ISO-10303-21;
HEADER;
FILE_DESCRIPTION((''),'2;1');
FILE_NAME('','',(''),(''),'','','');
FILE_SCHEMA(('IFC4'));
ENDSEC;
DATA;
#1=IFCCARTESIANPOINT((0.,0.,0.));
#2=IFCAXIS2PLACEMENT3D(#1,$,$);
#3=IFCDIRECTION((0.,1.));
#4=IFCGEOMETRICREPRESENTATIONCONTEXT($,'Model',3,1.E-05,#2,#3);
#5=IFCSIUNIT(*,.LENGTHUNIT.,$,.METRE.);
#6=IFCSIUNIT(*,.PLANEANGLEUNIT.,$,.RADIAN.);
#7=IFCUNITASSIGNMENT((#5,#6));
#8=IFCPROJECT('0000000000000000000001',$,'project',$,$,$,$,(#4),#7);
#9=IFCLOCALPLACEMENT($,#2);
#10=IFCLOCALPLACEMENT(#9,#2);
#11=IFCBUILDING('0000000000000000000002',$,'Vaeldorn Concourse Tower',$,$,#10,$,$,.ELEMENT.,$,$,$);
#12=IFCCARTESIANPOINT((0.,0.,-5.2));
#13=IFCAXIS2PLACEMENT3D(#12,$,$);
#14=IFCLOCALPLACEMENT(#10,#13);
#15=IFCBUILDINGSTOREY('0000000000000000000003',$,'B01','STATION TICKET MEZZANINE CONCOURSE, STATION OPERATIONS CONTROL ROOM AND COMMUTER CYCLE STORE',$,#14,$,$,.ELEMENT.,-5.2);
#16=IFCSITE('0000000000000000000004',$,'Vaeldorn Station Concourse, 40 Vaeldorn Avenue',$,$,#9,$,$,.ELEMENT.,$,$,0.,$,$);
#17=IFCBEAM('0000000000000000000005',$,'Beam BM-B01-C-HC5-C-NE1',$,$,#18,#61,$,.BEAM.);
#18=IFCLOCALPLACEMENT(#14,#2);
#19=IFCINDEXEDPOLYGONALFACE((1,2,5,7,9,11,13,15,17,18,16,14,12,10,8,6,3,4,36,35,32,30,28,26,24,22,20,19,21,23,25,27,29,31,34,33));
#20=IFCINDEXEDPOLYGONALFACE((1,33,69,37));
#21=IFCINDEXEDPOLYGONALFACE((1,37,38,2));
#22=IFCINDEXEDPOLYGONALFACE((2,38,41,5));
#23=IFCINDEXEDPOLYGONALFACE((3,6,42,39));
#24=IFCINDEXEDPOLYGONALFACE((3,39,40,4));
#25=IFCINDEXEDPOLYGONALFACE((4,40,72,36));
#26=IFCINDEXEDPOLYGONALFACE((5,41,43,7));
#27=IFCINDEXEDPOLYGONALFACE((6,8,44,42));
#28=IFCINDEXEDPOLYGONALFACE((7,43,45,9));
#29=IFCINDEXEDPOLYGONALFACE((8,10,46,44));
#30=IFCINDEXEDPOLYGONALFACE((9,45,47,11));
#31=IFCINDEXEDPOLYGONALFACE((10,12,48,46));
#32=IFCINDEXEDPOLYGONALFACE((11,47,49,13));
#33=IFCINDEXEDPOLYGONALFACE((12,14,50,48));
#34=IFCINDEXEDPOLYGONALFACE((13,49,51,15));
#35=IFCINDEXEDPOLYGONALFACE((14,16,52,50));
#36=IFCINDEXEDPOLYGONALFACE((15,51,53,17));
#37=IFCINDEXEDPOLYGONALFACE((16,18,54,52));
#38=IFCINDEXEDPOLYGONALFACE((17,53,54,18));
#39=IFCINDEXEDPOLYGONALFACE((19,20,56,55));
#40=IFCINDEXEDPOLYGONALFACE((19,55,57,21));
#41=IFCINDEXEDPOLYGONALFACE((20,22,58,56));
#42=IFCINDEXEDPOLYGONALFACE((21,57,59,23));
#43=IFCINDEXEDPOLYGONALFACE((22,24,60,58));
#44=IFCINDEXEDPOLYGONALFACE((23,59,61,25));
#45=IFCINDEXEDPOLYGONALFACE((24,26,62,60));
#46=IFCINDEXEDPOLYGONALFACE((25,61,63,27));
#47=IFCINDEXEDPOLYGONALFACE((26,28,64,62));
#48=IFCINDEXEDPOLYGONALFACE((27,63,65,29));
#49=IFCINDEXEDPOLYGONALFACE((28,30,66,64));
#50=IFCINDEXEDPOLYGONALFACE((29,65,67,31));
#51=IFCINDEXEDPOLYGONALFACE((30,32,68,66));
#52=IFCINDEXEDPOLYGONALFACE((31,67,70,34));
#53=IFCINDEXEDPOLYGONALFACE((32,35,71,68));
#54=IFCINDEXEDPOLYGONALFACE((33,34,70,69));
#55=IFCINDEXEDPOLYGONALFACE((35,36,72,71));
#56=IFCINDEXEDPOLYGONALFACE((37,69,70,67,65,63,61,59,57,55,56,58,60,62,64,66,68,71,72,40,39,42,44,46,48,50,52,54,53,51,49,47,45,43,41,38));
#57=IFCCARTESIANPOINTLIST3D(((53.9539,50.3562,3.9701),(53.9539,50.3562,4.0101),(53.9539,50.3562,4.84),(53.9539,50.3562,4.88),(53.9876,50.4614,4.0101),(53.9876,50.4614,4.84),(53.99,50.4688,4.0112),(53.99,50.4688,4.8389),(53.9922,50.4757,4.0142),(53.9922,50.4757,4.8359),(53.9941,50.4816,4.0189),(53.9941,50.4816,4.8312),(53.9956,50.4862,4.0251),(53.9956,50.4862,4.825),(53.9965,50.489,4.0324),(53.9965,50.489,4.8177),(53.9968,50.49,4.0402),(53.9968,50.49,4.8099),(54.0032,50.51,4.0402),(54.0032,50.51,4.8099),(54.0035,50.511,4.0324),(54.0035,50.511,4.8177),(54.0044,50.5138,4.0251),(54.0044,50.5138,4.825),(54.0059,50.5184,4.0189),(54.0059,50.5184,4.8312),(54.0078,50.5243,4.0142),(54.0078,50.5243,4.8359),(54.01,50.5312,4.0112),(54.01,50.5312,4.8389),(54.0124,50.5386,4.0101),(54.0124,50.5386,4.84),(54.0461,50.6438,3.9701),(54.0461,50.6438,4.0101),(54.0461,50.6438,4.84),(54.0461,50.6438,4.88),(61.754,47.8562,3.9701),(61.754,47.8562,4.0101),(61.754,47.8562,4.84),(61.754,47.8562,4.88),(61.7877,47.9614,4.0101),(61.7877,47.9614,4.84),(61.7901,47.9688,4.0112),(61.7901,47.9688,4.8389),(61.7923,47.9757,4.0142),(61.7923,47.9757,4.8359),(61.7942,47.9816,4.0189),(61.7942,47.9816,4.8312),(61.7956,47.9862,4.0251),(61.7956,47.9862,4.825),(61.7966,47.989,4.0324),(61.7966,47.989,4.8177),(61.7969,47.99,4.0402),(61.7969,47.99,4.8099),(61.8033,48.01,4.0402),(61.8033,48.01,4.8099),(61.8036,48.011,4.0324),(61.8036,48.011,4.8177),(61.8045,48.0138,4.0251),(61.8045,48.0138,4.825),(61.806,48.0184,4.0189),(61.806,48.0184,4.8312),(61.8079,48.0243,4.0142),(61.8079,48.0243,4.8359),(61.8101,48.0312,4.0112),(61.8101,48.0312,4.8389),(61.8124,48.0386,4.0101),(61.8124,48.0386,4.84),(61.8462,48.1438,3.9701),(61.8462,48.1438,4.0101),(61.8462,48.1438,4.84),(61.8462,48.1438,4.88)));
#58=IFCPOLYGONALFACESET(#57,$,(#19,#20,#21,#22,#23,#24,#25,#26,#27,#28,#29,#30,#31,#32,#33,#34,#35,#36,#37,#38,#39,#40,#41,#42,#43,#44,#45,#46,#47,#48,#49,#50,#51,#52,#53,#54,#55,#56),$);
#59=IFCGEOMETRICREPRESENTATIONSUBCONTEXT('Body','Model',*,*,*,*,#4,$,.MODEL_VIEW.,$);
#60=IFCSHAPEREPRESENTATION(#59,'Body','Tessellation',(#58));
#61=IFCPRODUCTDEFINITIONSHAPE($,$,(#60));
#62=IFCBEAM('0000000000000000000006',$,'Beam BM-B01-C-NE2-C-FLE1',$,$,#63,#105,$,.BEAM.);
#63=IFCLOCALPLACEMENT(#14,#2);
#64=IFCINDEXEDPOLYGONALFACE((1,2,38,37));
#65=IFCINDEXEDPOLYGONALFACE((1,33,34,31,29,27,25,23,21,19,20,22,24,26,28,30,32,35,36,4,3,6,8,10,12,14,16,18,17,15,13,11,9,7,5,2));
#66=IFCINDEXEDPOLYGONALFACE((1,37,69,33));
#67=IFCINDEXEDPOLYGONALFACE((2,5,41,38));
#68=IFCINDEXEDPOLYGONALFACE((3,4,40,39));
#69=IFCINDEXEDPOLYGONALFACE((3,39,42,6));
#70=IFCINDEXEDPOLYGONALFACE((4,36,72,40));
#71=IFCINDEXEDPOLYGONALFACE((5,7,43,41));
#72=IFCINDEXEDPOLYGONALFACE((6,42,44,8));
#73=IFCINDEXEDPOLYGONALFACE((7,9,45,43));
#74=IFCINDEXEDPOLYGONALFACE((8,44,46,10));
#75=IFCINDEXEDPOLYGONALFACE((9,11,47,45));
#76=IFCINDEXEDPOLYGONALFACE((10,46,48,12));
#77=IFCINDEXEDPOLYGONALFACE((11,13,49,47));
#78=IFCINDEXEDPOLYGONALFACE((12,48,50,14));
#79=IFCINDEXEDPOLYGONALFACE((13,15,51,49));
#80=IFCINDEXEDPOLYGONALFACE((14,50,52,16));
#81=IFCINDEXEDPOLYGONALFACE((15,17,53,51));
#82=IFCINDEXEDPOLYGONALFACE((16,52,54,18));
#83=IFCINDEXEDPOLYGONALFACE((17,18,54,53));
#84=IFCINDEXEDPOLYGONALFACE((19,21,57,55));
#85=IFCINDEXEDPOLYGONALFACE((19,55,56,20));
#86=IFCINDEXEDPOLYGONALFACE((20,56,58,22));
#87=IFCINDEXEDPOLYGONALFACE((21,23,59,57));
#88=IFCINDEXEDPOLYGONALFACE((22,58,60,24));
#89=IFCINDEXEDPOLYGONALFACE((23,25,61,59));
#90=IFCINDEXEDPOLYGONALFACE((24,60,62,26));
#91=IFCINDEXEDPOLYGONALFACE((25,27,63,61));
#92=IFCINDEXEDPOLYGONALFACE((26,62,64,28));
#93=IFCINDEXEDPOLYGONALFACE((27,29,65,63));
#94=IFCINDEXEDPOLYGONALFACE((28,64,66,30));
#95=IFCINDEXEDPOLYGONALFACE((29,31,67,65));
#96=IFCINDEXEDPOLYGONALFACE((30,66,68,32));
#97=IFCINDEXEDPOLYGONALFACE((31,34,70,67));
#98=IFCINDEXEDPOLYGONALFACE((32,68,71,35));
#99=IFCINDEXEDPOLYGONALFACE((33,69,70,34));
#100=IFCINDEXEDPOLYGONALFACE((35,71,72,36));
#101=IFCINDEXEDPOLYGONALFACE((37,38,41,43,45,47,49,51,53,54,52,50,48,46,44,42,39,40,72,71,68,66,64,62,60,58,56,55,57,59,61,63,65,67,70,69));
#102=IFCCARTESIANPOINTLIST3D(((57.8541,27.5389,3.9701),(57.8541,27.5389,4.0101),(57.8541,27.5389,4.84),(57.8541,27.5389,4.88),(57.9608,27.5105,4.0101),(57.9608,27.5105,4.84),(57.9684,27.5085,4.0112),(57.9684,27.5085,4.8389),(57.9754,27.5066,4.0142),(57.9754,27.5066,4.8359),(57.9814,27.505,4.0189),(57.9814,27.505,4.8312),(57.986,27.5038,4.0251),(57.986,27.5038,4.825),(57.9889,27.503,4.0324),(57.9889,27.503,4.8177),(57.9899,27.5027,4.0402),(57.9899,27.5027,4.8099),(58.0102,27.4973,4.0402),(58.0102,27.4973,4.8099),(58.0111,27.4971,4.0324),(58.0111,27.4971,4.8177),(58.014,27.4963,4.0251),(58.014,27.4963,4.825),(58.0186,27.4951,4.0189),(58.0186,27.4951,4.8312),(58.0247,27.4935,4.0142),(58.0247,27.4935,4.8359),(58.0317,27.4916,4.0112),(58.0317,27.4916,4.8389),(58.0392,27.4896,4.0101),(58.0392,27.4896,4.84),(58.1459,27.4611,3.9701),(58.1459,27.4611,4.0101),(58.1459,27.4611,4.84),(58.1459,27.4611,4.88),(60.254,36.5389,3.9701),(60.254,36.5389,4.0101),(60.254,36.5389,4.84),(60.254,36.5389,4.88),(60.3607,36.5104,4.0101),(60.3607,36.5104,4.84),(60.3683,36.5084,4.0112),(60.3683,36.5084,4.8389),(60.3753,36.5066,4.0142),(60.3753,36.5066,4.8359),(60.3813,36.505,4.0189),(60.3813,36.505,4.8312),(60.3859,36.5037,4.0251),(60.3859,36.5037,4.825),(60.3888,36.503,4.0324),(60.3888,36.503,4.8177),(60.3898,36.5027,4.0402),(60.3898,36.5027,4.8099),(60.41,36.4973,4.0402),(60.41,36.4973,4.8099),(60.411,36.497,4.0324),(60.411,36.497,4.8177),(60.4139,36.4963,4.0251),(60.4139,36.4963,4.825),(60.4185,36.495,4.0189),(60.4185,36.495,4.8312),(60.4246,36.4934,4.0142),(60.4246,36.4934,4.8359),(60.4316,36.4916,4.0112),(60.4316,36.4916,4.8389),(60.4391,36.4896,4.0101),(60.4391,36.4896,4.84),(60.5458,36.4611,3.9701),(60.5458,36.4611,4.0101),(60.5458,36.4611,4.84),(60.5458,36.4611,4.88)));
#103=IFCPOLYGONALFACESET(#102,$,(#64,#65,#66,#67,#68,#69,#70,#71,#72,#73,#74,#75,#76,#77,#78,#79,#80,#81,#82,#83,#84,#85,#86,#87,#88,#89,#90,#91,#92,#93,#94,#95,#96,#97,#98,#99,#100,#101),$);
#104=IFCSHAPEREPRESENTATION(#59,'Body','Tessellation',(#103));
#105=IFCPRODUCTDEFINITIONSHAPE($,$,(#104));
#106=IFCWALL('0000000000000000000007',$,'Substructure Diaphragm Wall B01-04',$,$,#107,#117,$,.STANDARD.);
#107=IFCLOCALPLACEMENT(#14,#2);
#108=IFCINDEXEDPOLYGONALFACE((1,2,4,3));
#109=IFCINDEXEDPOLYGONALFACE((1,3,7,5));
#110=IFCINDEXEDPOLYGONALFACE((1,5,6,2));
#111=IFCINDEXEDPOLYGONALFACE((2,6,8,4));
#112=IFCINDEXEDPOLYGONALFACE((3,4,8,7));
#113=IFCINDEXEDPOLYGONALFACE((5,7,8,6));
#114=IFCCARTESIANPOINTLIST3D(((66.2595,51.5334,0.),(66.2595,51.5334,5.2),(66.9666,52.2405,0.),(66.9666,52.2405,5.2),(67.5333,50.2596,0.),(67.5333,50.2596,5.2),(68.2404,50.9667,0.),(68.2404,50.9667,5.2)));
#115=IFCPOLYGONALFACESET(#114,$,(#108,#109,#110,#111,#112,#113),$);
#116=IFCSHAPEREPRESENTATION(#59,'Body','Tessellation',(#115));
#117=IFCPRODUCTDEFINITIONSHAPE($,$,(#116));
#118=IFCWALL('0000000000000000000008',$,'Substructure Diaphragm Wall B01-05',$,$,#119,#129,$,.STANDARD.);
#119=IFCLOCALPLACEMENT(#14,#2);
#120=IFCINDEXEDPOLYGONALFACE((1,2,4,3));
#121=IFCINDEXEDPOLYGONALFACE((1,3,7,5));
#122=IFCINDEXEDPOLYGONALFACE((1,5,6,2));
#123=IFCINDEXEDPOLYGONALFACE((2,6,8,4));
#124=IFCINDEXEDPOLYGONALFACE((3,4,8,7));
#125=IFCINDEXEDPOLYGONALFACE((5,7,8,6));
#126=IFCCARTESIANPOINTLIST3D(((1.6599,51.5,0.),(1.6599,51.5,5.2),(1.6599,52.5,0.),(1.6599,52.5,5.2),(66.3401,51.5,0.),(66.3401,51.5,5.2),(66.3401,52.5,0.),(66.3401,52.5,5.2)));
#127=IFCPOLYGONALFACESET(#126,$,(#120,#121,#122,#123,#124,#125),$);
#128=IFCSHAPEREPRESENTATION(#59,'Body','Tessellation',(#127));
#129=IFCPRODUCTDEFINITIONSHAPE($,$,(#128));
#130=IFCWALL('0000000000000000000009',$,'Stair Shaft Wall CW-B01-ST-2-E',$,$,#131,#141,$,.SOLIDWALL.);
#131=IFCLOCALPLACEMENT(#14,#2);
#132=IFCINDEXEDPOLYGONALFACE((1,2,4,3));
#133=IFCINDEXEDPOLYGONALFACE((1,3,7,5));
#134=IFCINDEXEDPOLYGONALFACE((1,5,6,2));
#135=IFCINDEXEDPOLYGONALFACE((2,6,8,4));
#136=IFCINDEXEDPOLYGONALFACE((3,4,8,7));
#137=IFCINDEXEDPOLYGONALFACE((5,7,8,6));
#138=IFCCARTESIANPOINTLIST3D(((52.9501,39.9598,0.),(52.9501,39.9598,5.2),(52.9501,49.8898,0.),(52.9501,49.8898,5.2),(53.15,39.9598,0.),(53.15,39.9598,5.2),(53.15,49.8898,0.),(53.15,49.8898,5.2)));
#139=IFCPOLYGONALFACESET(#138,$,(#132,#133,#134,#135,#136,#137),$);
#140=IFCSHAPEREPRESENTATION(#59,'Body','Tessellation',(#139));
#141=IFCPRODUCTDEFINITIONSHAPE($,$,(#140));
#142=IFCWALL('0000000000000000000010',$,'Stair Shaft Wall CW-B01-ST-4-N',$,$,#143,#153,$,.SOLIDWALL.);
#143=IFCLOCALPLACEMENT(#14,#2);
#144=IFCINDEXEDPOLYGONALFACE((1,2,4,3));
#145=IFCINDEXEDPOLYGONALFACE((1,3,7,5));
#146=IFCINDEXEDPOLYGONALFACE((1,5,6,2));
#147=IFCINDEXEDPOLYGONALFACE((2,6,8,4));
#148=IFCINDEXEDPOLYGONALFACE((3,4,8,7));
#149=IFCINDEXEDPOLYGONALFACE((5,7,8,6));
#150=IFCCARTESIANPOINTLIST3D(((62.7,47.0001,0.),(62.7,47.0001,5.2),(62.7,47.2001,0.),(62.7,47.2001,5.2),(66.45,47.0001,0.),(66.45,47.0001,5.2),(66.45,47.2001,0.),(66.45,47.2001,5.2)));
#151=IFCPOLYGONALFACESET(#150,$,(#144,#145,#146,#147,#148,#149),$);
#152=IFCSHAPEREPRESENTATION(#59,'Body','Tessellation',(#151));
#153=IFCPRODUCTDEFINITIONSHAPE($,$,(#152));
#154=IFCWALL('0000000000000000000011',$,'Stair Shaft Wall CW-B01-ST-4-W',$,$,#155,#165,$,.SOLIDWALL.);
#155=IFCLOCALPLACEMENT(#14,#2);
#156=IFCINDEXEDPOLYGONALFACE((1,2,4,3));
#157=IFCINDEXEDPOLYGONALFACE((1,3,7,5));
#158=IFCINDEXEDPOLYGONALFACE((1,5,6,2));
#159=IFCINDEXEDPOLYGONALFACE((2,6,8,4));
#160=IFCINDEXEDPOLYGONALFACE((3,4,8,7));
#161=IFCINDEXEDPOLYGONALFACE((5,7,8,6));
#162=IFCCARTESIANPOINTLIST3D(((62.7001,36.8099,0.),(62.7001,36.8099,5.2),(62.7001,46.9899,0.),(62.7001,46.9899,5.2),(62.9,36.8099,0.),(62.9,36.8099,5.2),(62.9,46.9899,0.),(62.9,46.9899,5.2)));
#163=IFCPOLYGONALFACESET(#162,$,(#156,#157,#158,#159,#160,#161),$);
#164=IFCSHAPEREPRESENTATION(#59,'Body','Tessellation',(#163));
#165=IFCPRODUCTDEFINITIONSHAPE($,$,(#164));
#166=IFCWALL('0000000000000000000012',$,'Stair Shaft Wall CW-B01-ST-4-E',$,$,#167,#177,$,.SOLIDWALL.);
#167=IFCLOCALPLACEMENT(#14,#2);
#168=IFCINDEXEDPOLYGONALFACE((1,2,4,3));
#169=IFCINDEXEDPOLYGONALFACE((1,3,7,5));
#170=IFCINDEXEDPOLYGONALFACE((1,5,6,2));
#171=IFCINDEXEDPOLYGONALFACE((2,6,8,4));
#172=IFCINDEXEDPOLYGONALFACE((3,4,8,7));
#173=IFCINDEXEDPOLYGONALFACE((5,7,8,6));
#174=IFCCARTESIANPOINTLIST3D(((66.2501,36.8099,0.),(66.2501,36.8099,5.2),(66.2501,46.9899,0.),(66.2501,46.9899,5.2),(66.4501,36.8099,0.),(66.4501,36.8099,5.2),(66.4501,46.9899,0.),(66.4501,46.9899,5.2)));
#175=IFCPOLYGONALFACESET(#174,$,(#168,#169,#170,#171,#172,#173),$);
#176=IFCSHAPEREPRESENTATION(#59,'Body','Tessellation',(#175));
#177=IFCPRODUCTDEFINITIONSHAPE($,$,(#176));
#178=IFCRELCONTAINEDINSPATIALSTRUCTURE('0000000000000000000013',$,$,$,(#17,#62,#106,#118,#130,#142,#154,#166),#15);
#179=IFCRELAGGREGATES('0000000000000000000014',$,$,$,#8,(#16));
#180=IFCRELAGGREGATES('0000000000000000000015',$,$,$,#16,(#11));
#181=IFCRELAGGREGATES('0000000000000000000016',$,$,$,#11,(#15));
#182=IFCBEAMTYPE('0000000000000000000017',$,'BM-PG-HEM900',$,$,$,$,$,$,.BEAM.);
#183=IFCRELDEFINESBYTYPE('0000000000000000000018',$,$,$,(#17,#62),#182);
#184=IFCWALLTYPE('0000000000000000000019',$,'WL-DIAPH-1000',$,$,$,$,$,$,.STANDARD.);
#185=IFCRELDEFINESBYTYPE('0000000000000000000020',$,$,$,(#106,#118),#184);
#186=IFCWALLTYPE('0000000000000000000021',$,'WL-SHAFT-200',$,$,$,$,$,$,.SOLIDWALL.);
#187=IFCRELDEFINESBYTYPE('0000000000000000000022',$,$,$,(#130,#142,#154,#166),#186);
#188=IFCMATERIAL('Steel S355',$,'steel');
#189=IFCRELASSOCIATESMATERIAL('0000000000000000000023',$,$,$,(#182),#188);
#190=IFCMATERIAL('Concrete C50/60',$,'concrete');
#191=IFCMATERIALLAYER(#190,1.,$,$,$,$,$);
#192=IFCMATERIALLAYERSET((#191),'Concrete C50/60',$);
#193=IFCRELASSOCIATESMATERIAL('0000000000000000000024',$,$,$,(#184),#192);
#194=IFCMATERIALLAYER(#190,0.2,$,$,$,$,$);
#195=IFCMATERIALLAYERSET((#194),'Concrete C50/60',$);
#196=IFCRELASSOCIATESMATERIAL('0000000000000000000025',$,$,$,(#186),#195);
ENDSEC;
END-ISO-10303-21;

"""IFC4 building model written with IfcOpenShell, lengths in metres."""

from ifc_helpers import new_model, si_unit, direction, frame, frame_2d, origin, origin_2d, place, context, subcontext, project, spatial, rectangle, i_section, extrude, source, transform, mapped, material, layer, layer_set, material_profile, profile_set, type_object, element, save


model = new_model("IFC4")

# Units and contexts
model_context = context("Model", 3, precision=1e-05, world=origin(), true_north=direction((0.0, 1.0)))
body_context = subcontext(model_context, "Body", "Model", "MODEL_VIEW")
ifc_project = project(units=[si_unit("LENGTHUNIT", "METRE"), si_unit("PLANEANGLEUNIT", "RADIAN")], contexts=[model_context])

# Site, building, storey
site_placement = place(None, origin())
site = spatial("IfcSite", under=ifc_project, at=site_placement, Name="Vaeldorn Station Concourse, 40 Vaeldorn Avenue", CompositionType="ELEMENT", RefElevation=0.0)
building_placement = place(site_placement, origin())
building = spatial("IfcBuilding", under=site, at=building_placement, Name="Vaeldorn Concourse Tower", CompositionType="ELEMENT")
storey_placement = place(building_placement, frame((0.0, 0.0, -5.2)))
storey = spatial("IfcBuildingStorey", under=building, at=storey_placement, Name="B01", Description="STATION TICKET MEZZANINE CONCOURSE, STATION OPERATIONS CONTROL ROOM AND COMMUTER CYCLE STORE", CompositionType="ELEMENT", Elevation=-5.2)

# Beams
ifc_material_1 = material(Name="Steel S355", Category="steel")
ifc_material_profile_1 = material_profile(ifc_material_1, i_section(OverallWidth=0.302, OverallDepth=0.9099, WebThickness=0.021, FlangeThickness=0.04, FilletRadius=0.03, at=origin_2d()), Name="HEM 900")
ifc_profile_set_1 = profile_set([ifc_material_profile_1], Name="Steel S355")
beam_type_1 = type_object("IfcBeamType", Name="BM-PG-HEM900", PredefinedType="BEAM", material=ifc_profile_set_1)
shared_shape_1 = source(origin(), body_context, "Body", "SweptSolid", [
    extrude(i_section(OverallWidth=0.302, OverallDepth=0.9099, WebThickness=0.021, FlangeThickness=0.04, FilletRadius=0.03, at=origin_2d()), origin(), (0.0, 0.0, 1.0), 8.1909),
])
beam_1_placement = place(storey_placement, frame((54.0, 50.5, 4.425), z_axis=(0.952283, -0.305217, 0.0), x_axis=(0.305217, 0.952283, 0.0)))
element("IfcBeam", 1, at=beam_1_placement, inside=storey, type_object=beam_type_1, Name="Beam BM-B01-C-HC5-C-NE1", PredefinedType="BEAM", context=body_context, shape_type="MappedRepresentation", body=[
    mapped(shared_shape_1, transform((0.0, 0.0, 0.0), scale=1.0)),
])
shared_shape_2 = source(origin(), body_context, "Body", "SweptSolid", [
    extrude(i_section(OverallWidth=0.302, OverallDepth=0.9099, WebThickness=0.021, FlangeThickness=0.04, FilletRadius=0.03, at=origin_2d()), origin(), (0.0, 0.0, 1.0), 9.3145),
])
beam_2_placement = place(storey_placement, frame((60.3999, 36.5, 4.425), z_axis=(-0.257653, -0.966238, 0.0), x_axis=(0.966238, -0.257653, 0.0)))
element("IfcBeam", 2, at=beam_2_placement, inside=storey, type_object=beam_type_1, Name="Beam BM-B01-C-NE2-C-FLE1", PredefinedType="BEAM", context=body_context, shape_type="MappedRepresentation", body=[
    mapped(shared_shape_2, transform((0.0, 0.0, 0.0), scale=1.0)),
])

# Walls
ifc_material_2 = material(Name="Concrete C50/60", Category="concrete")
ifc_layer_1 = layer(ifc_material_2, 1.0)
ifc_layer_set_1 = layer_set([ifc_layer_1], Name="Concrete C50/60")
wall_type_1 = type_object("IfcWallType", Name="WL-DIAPH-1000", PredefinedType="STANDARD", material=ifc_layer_set_1)
wall_1_placement = place(storey_placement, frame((67.887, 50.613, 0.0), z_axis=(0.0, 0.0, 1.0), x_axis=(-0.707107, 0.707107, 0.0)))
element("IfcWall", 3, at=wall_1_placement, inside=storey, type_object=wall_type_1, Name="Substructure Diaphragm Wall B01-04", PredefinedType="STANDARD", context=body_context, shape_type="SweptSolid", body=[
    extrude(rectangle(XDim=1.8015, YDim=1.0, at=frame_2d((0.9009, 0.0))), origin(), (0.0, 0.0, 1.0), 5.2),
])
wall_2_placement = place(storey_placement, frame((66.3401, 52.0, 0.0), z_axis=(0.0, 0.0, 1.0), x_axis=(-1.0, 0.0, 0.0)))
element("IfcWall", 4, at=wall_2_placement, inside=storey, type_object=wall_type_1, Name="Substructure Diaphragm Wall B01-05", PredefinedType="STANDARD", context=body_context, shape_type="SweptSolid", body=[
    extrude(rectangle(XDim=64.6802, YDim=1.0, at=frame_2d((32.3401, 0.0))), origin(), (0.0, 0.0, 1.0), 5.2),
])
ifc_layer_2 = layer(ifc_material_2, 0.2)
ifc_layer_set_2 = layer_set([ifc_layer_2], Name="Concrete C50/60")
wall_type_2 = type_object("IfcWallType", Name="WL-SHAFT-200", PredefinedType="SOLIDWALL", material=ifc_layer_set_2)
wall_3_placement = place(storey_placement, frame((53.05, 39.96, 0.0), z_axis=(0.0, 0.0, 1.0), x_axis=(0.0, 1.0, 0.0)))
element("IfcWall", 5, at=wall_3_placement, inside=storey, type_object=wall_type_2, Name="Stair Shaft Wall CW-B01-ST-2-E", PredefinedType="SOLIDWALL", context=body_context, shape_type="SweptSolid", body=[
    extrude(rectangle(XDim=9.9299, YDim=0.2, at=frame_2d((4.9648, 0.0))), origin(), (0.0, 0.0, 1.0), 5.2),
])

# Walls
wall_4_placement = place(storey_placement, frame((62.7, 47.1001, 0.0), z_axis=(0.0, 0.0, 1.0), x_axis=(1.0, 0.0, 0.0)))
element("IfcWall", 6, at=wall_4_placement, inside=storey, type_object=wall_type_2, Name="Stair Shaft Wall CW-B01-ST-4-N", PredefinedType="SOLIDWALL", context=body_context, shape_type="SweptSolid", body=[
    extrude(rectangle(XDim=3.75, YDim=0.2, at=frame_2d((1.875, 0.0))), origin(), (0.0, 0.0, 1.0), 5.2),
])
for number, where, z_axis, x_axis, name in (
    (7, (62.8, 36.8101, 0.0), (0.0, 0.0, 1.0), (0.0, 1.0, 0.0), "Stair Shaft Wall CW-B01-ST-4-W"),
    (8, (66.3501, 36.8101, 0.0), (0.0, 0.0, 1.0), (0.0, 1.0, 0.0), "Stair Shaft Wall CW-B01-ST-4-E"),
):
    element("IfcWall", number, at=place(storey_placement, frame(where, z_axis=z_axis, x_axis=x_axis)), inside=storey, type_object=wall_type_2, Name=name, PredefinedType="SOLIDWALL", context=body_context, shape_type="SweptSolid", body=[
        extrude(rectangle(XDim=10.1799, YDim=0.2, at=frame_2d((5.0898, 0.0))), origin(), (0.0, 0.0, 1.0), 5.2),
    ])

save(model, "model.ifc")
